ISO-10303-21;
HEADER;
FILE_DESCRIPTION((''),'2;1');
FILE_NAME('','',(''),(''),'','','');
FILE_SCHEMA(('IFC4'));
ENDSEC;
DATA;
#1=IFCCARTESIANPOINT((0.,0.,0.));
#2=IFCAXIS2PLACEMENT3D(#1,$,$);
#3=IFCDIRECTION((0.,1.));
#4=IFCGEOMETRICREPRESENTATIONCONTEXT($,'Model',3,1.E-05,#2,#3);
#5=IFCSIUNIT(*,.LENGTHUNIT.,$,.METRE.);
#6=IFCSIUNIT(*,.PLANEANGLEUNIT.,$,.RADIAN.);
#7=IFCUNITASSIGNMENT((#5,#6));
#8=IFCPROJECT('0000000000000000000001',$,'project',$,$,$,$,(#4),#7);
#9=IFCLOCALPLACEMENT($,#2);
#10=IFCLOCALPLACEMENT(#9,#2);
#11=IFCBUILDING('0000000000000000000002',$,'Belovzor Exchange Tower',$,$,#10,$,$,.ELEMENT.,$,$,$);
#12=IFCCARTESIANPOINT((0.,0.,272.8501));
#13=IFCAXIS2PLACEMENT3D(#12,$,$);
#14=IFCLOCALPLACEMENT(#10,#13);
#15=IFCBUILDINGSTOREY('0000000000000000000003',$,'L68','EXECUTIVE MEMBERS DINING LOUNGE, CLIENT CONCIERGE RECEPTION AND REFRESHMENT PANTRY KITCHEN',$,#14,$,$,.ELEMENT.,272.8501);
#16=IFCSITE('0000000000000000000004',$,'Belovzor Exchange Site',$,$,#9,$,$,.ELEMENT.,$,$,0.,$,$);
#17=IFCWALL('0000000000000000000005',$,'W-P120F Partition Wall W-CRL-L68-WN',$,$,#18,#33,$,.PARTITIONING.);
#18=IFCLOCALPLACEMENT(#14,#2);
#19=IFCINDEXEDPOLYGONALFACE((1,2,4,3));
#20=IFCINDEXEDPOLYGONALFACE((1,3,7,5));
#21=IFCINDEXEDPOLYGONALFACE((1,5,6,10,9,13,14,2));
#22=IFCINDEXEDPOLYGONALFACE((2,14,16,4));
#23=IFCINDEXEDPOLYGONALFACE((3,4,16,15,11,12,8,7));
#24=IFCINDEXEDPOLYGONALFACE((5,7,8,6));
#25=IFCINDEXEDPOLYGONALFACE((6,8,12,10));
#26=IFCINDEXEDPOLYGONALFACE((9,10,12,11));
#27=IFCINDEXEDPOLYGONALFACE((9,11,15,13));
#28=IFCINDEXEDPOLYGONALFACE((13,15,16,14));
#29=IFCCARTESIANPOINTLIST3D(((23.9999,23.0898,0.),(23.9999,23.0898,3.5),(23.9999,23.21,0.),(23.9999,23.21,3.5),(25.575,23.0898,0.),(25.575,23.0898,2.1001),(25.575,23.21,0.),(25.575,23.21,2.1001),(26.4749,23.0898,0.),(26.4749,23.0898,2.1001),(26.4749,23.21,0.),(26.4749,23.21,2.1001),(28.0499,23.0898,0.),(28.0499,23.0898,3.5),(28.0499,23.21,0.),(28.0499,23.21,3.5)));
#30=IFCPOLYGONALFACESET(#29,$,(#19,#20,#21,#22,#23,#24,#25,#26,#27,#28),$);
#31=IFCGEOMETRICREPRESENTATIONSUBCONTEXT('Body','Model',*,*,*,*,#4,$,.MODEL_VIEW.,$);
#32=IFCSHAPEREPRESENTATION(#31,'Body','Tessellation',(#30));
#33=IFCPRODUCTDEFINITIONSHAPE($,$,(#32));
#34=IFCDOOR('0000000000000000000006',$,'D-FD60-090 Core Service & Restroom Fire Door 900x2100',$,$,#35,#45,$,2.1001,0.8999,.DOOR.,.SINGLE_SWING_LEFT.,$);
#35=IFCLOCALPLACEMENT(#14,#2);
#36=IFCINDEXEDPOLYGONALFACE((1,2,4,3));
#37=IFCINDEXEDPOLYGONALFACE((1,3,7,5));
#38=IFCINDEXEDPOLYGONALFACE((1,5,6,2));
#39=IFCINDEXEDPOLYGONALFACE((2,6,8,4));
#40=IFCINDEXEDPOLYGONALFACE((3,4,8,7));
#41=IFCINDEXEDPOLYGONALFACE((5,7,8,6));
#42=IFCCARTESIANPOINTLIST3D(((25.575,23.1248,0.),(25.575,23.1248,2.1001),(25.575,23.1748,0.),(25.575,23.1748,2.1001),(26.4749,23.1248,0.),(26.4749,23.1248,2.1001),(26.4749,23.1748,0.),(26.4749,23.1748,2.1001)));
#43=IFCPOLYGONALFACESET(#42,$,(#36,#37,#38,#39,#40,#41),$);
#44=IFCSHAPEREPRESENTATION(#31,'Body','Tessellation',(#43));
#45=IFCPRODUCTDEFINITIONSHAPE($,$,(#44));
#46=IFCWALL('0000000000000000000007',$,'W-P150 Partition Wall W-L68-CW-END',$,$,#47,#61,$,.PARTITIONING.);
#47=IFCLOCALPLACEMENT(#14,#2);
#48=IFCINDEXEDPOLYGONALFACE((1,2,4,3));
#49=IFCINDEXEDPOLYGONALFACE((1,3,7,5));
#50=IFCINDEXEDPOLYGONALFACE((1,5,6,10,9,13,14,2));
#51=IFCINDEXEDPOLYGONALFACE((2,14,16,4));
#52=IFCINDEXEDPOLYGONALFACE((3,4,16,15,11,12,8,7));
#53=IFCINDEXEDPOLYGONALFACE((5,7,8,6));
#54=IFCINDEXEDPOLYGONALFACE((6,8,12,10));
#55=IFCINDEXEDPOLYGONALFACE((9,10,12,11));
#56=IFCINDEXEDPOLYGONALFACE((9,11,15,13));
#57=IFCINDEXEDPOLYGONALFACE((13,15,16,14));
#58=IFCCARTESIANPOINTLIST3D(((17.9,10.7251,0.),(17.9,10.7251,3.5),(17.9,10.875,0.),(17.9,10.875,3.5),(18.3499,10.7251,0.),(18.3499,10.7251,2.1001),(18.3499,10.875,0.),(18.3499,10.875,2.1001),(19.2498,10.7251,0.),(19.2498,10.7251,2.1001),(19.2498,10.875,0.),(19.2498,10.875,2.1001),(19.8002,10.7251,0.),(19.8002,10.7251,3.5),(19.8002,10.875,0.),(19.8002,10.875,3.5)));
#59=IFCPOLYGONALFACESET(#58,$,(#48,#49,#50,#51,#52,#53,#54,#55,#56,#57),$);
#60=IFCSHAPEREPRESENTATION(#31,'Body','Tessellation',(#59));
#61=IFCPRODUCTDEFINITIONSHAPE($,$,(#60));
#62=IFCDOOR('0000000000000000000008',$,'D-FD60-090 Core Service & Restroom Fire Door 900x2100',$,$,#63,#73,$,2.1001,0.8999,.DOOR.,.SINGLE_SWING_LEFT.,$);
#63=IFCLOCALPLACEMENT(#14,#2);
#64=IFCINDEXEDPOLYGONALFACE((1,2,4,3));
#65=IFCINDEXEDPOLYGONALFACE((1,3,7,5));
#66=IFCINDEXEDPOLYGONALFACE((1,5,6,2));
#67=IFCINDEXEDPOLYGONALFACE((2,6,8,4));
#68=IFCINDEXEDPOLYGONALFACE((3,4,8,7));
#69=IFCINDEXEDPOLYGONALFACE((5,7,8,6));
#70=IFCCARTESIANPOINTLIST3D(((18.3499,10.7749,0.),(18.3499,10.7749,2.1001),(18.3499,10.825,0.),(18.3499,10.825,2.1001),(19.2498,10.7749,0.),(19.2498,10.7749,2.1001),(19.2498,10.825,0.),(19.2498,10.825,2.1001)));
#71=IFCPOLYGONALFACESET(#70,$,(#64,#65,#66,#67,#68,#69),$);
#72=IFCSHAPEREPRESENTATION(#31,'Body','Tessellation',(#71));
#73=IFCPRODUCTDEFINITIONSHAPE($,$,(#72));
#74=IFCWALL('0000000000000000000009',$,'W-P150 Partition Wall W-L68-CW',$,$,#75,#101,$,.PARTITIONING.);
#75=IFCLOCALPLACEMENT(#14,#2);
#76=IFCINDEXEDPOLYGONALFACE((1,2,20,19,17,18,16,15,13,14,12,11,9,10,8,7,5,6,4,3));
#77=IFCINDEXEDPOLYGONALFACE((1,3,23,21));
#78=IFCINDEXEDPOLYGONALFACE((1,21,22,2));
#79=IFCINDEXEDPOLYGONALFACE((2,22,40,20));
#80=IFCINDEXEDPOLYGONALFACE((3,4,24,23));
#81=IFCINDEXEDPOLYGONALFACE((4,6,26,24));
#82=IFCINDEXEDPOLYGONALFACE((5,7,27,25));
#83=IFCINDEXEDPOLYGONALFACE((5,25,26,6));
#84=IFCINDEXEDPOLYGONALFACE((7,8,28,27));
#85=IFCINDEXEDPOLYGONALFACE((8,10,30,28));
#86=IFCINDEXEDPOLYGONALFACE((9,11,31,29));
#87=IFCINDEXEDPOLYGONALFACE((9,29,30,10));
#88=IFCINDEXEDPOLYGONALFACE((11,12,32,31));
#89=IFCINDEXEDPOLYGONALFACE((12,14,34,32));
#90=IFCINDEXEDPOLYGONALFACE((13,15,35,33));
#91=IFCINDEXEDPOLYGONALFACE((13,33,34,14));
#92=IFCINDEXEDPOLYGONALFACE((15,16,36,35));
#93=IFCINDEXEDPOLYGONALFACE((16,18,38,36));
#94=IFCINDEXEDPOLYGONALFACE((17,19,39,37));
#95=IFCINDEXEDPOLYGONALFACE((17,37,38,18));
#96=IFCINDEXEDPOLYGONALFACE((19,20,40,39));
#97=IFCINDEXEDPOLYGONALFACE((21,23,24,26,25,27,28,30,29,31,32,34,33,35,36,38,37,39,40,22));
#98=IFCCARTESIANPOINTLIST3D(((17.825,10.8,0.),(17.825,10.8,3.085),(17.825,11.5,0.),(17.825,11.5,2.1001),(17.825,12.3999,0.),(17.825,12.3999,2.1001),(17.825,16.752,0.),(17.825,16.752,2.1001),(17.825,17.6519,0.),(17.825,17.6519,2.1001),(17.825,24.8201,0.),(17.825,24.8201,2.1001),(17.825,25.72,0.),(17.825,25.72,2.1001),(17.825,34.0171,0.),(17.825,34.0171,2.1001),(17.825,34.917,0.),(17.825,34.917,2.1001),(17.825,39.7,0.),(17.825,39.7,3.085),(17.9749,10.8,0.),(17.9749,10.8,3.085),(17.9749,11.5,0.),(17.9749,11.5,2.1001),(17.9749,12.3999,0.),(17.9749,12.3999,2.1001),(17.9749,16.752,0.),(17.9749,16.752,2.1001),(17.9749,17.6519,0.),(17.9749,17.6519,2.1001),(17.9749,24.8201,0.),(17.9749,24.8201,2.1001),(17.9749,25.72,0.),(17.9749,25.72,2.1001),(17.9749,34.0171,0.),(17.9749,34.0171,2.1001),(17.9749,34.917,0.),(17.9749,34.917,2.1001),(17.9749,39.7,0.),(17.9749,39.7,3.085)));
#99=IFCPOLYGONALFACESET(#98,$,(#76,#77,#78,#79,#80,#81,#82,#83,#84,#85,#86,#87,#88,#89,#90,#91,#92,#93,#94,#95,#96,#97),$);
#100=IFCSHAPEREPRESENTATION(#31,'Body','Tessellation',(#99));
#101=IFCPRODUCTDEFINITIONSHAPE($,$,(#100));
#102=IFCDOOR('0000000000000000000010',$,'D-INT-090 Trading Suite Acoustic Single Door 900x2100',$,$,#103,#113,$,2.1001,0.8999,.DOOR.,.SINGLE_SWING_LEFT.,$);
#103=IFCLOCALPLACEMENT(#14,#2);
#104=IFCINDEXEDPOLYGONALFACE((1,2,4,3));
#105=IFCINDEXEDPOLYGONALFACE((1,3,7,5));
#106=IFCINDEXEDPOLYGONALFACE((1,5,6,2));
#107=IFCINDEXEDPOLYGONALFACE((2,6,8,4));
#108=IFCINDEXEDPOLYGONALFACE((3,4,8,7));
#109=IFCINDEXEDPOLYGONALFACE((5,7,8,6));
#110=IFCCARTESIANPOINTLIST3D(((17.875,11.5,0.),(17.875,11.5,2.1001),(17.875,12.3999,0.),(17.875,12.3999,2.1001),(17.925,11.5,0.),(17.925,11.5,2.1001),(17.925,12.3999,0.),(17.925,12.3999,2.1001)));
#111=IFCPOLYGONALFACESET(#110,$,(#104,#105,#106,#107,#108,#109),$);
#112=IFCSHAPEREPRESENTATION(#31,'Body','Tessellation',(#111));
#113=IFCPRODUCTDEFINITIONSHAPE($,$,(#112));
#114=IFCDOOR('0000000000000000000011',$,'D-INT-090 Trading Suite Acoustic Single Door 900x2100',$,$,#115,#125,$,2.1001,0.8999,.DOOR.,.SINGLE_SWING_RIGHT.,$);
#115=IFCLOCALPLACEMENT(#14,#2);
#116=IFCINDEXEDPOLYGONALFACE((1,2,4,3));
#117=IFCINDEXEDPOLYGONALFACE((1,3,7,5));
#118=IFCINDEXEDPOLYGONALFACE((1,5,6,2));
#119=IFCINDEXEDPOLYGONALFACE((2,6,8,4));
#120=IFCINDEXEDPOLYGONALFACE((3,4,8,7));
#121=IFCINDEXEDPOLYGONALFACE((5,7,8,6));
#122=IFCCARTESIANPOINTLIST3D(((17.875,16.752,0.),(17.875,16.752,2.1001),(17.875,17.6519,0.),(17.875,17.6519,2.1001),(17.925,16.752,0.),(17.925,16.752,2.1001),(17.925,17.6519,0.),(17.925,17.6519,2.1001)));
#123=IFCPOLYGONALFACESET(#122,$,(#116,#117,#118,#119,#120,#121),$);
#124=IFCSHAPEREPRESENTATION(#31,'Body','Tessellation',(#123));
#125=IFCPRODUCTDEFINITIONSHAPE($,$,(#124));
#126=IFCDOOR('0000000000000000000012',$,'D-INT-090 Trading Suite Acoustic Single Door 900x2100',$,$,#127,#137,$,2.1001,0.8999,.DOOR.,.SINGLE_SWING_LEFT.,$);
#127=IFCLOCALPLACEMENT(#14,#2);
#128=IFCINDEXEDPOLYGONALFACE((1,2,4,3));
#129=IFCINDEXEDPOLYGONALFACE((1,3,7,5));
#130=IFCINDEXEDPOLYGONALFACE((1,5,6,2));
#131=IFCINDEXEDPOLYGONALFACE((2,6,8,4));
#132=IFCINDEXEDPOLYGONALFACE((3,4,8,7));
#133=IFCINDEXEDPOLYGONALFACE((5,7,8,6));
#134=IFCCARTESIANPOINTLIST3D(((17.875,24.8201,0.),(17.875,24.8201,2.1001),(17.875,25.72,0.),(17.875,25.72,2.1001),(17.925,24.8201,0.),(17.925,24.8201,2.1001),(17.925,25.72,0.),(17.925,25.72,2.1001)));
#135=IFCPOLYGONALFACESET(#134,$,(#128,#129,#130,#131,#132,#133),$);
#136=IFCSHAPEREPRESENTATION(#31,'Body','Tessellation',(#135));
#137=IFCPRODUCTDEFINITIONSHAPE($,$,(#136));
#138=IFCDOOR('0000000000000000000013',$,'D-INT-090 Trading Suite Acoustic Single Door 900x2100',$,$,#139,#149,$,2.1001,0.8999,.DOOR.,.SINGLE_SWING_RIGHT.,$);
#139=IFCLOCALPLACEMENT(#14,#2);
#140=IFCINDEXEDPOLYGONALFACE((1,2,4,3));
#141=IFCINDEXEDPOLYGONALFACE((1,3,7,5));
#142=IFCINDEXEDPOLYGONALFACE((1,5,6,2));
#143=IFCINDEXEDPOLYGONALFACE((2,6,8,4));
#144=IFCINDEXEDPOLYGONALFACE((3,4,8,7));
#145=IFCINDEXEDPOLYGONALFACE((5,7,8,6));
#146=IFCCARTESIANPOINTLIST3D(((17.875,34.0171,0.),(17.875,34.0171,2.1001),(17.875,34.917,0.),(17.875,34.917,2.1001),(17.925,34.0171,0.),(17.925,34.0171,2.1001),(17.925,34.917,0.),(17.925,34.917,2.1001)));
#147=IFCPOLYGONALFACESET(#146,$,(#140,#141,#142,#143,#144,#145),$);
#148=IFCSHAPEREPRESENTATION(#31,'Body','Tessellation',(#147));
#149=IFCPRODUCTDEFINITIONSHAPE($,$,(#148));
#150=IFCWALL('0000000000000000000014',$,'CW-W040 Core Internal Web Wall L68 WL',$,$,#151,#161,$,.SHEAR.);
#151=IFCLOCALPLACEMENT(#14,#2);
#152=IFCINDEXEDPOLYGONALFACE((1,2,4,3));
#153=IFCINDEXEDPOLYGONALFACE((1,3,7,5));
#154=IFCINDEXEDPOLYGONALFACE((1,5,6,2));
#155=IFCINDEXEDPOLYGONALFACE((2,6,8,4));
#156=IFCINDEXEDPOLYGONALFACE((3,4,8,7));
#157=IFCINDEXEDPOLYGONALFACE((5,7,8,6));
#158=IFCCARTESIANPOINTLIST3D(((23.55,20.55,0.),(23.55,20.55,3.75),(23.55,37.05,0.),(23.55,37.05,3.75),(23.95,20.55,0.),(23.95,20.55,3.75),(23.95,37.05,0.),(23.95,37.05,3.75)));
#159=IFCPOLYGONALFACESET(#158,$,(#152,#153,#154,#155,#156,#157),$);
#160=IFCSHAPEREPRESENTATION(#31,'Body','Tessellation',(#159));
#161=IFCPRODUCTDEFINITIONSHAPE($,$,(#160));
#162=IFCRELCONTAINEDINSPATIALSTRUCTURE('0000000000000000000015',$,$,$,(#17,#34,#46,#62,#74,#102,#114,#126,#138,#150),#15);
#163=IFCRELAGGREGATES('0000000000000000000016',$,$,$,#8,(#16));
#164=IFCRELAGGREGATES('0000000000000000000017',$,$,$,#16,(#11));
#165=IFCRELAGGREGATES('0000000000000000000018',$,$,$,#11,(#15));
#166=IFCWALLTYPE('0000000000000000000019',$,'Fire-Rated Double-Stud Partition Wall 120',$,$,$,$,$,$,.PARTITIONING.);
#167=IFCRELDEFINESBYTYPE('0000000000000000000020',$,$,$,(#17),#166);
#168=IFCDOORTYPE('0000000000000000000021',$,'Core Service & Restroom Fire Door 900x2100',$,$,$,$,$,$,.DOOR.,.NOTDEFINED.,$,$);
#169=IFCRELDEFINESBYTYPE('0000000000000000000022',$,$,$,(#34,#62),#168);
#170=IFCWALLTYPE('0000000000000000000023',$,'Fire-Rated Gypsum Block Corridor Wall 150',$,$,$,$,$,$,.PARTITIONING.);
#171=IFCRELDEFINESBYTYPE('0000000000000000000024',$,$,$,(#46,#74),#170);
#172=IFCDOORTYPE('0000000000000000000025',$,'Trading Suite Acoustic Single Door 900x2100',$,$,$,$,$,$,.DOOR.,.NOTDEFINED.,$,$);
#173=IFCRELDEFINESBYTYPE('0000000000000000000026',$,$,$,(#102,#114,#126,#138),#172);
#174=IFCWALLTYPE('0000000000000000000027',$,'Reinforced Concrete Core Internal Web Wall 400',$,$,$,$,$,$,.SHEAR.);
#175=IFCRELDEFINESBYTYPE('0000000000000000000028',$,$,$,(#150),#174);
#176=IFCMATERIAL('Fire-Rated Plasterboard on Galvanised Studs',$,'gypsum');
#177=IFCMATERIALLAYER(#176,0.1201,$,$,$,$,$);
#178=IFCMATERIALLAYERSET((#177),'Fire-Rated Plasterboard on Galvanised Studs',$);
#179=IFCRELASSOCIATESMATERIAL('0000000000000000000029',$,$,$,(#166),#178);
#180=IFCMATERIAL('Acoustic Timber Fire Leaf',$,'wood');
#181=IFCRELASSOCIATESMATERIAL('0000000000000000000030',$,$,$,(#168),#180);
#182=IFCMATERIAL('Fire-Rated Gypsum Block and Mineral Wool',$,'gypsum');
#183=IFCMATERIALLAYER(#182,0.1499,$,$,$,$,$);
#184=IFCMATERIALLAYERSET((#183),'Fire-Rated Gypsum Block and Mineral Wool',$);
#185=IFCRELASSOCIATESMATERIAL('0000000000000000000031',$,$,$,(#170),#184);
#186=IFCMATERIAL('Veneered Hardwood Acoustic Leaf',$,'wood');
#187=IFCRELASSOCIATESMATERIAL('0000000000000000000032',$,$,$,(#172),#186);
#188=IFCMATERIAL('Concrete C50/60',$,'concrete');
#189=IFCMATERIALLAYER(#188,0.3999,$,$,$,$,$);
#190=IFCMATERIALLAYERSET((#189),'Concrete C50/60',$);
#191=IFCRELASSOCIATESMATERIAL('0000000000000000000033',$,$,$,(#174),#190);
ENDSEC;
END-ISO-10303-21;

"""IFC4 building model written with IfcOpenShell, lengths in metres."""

from ifc_helpers import new_model, si_unit, direction, frame, frame_2d, origin, place, context, subcontext, project, spatial, rectangle, extrude, material, layer, layer_set, type_object, element, fill, save


model = new_model("IFC4")

# Units and contexts
model_context = context("Model", 3, precision=1e-05, world=origin(), true_north=direction((0.0, 1.0)))
body_context = subcontext(model_context, "Body", "Model", "MODEL_VIEW")
ifc_project = project(units=[si_unit("LENGTHUNIT", "METRE"), si_unit("PLANEANGLEUNIT", "RADIAN")], contexts=[model_context])

# Site, building, storey
site_placement = place(None, origin())
site = spatial("IfcSite", under=ifc_project, at=site_placement, Name="Belovzor Exchange Site", CompositionType="ELEMENT", RefElevation=0.0)
building_placement = place(site_placement, origin())
building = spatial("IfcBuilding", under=site, at=building_placement, Name="Belovzor Exchange Tower", CompositionType="ELEMENT")
storey_placement = place(building_placement, frame((0.0, 0.0, 272.8501)))
storey = spatial("IfcBuildingStorey", under=building, at=storey_placement, Name="L68", Description="EXECUTIVE MEMBERS DINING LOUNGE, CLIENT CONCIERGE RECEPTION AND REFRESHMENT PANTRY KITCHEN", CompositionType="ELEMENT", Elevation=272.8501)

# Walls, openings, doors
ifc_material_1 = material(Name="Fire-Rated Plasterboard on Galvanised Studs", Category="gypsum")
ifc_layer_1 = layer(ifc_material_1, 0.1201)
ifc_layer_set_1 = layer_set([ifc_layer_1], Name="Fire-Rated Plasterboard on Galvanised Studs")
wall_type_1 = type_object("IfcWallType", Name="Fire-Rated Double-Stud Partition Wall 120", PredefinedType="PARTITIONING", material=ifc_layer_set_1)
wall_1_placement = place(storey_placement, frame((24.0, 23.1499, 0.0), z_axis=(0.0, 0.0, 1.0), x_axis=(1.0, 0.0, 0.0)))
wall_1 = element("IfcWall", 1, at=wall_1_placement, inside=storey, type_object=wall_type_1, Name="W-P120F Partition Wall W-CRL-L68-WN", PredefinedType="PARTITIONING", context=body_context, shape_type="SweptSolid", body=[
    extrude(rectangle(XDim=4.05, YDim=0.1201, at=frame_2d((2.0249, 0.0))), origin(), (0.0, 0.0, 1.0), 3.5),
])
opening_1_placement = place(wall_1_placement, frame((1.575, 0.0, 0.0)))
opening_1 = element("IfcOpeningElement", 2, at=opening_1_placement, cuts=wall_1, PredefinedType="OPENING", context=body_context, shape_type="SweptSolid", body=[
    extrude(rectangle(XDim=0.8999, YDim=2.1001, at=frame_2d((0.45, 1.05))), frame((0.0, 0.0701, 0.0), z_axis=(0.0, -1.0, 0.0), x_axis=(1.0, 0.0, 0.0)), (0.0, 0.0, 1.0), 0.1401),
])
ifc_material_2 = material(Name="Acoustic Timber Fire Leaf", Category="wood")
door_type_1 = type_object("IfcDoorType", Name="Core Service & Restroom Fire Door 900x2100", OperationType="NOTDEFINED", PredefinedType="DOOR", material=ifc_material_2)
door_1_placement = place(opening_1_placement, origin())
door_1 = element("IfcDoor", 3, at=door_1_placement, inside=storey, type_object=door_type_1, Name="D-FD60-090 Core Service & Restroom Fire Door 900x2100", OperationType="SINGLE_SWING_LEFT", OverallHeight=2.1001, OverallWidth=0.8999, PredefinedType="DOOR", context=body_context, shape_type="SweptSolid", body=[
    extrude(rectangle(XDim=0.8999, YDim=2.1001, at=frame_2d((0.45, 1.05))), frame((0.0, 0.0249, 0.0), z_axis=(0.0, -1.0, 0.0), x_axis=(1.0, 0.0, 0.0)), (0.0, 0.0, 1.0), 0.05),
])
fill(opening_1, door_1)
ifc_material_3 = material(Name="Fire-Rated Gypsum Block and Mineral Wool", Category="gypsum")
ifc_layer_2 = layer(ifc_material_3, 0.1499)
ifc_layer_set_2 = layer_set([ifc_layer_2], Name="Fire-Rated Gypsum Block and Mineral Wool")
wall_type_2 = type_object("IfcWallType", Name="Fire-Rated Gypsum Block Corridor Wall 150", PredefinedType="PARTITIONING", material=ifc_layer_set_2)
wall_2_placement = place(storey_placement, frame((17.8999, 10.8, 0.0), z_axis=(0.0, 0.0, 1.0), x_axis=(1.0, 0.0, 0.0)))
wall_2 = element("IfcWall", 4, at=wall_2_placement, inside=storey, type_object=wall_type_2, Name="W-P150 Partition Wall W-L68-CW-END", PredefinedType="PARTITIONING", context=body_context, shape_type="SweptSolid", body=[
    extrude(rectangle(XDim=1.9001, YDim=0.1499, at=frame_2d((0.9502, 0.0))), origin(), (0.0, 0.0, 1.0), 3.5),
])
opening_2_placement = place(wall_2_placement, frame((0.45, 0.0, 0.0)))
opening_2 = element("IfcOpeningElement", 5, at=opening_2_placement, cuts=wall_2, PredefinedType="OPENING", context=body_context, shape_type="SweptSolid", body=[
    extrude(rectangle(XDim=0.8999, YDim=2.1001, at=frame_2d((0.45, 1.05))), frame((0.0, 0.085, 0.0), z_axis=(0.0, -1.0, 0.0), x_axis=(1.0, 0.0, 0.0)), (0.0, 0.0, 1.0), 0.1699),
])
door_2_placement = place(opening_2_placement, origin())
door_2 = element("IfcDoor", 6, at=door_2_placement, inside=storey, type_object=door_type_1, Name="D-FD60-090 Core Service & Restroom Fire Door 900x2100", OperationType="SINGLE_SWING_LEFT", OverallHeight=2.1001, OverallWidth=0.8999, PredefinedType="DOOR", context=body_context, shape_type="SweptSolid", body=[
    extrude(rectangle(XDim=0.8999, YDim=2.1001, at=frame_2d((0.45, 1.05))), frame((0.0, 0.0249, 0.0), z_axis=(0.0, -1.0, 0.0), x_axis=(1.0, 0.0, 0.0)), (0.0, 0.0, 1.0), 0.05),
])
fill(opening_2, door_2)

# Wall, openings, doors
wall_3_placement = place(storey_placement, frame((17.8999, 10.8, 0.0), z_axis=(0.0, 0.0, 1.0), x_axis=(0.0, 1.0, 0.0)))
wall_3 = element("IfcWall", 7, at=wall_3_placement, inside=storey, type_object=wall_type_2, Name="W-P150 Partition Wall W-L68-CW", PredefinedType="PARTITIONING", context=body_context, shape_type="SweptSolid", body=[
    extrude(rectangle(XDim=28.8999, YDim=0.1499, at=frame_2d((14.45, 0.0))), origin(), (0.0, 0.0, 1.0), 3.085),
])
opening_3_placement = place(wall_3_placement, frame((0.7, 0.0, 0.0)))
opening_3 = element("IfcOpeningElement", 8, at=opening_3_placement, cuts=wall_3, PredefinedType="OPENING", context=body_context, shape_type="SweptSolid", body=[
    extrude(rectangle(XDim=0.8999, YDim=2.1001, at=frame_2d((0.45, 1.05))), frame((0.0, 0.085, 0.0), z_axis=(0.0, -1.0, 0.0), x_axis=(1.0, 0.0, 0.0)), (0.0, 0.0, 1.0), 0.1699),
])
opening_4_placement = place(wall_3_placement, frame((5.9519, 0.0, 0.0)))
opening_4 = element("IfcOpeningElement", 9, at=opening_4_placement, cuts=wall_3, PredefinedType="OPENING", context=body_context, shape_type="SweptSolid", body=[
    extrude(rectangle(XDim=0.8999, YDim=2.1001, at=frame_2d((0.45, 1.05))), frame((0.0, 0.085, 0.0), z_axis=(0.0, -1.0, 0.0), x_axis=(1.0, 0.0, 0.0)), (0.0, 0.0, 1.0), 0.1699),
])
opening_5_placement = place(wall_3_placement, frame((14.02, 0.0, 0.0)))
opening_5 = element("IfcOpeningElement", 10, at=opening_5_placement, cuts=wall_3, PredefinedType="OPENING", context=body_context, shape_type="SweptSolid", body=[
    extrude(rectangle(XDim=0.8999, YDim=2.1001, at=frame_2d((0.45, 1.05))), frame((0.0, 0.085, 0.0), z_axis=(0.0, -1.0, 0.0), x_axis=(1.0, 0.0, 0.0)), (0.0, 0.0, 1.0), 0.1699),
])
opening_6_placement = place(wall_3_placement, frame((23.217, 0.0, 0.0)))
opening_6 = element("IfcOpeningElement", 11, at=opening_6_placement, cuts=wall_3, PredefinedType="OPENING", context=body_context, shape_type="SweptSolid", body=[
    extrude(rectangle(XDim=0.8999, YDim=2.1001, at=frame_2d((0.45, 1.05))), frame((0.0, 0.085, 0.0), z_axis=(0.0, -1.0, 0.0), x_axis=(1.0, 0.0, 0.0)), (0.0, 0.0, 1.0), 0.1699),
])
ifc_material_4 = material(Name="Veneered Hardwood Acoustic Leaf", Category="wood")
door_type_2 = type_object("IfcDoorType", Name="Trading Suite Acoustic Single Door 900x2100", OperationType="NOTDEFINED", PredefinedType="DOOR", material=ifc_material_4)
door_3_placement = place(opening_3_placement, origin())
door_3 = element("IfcDoor", 12, at=door_3_placement, inside=storey, type_object=door_type_2, Name="D-INT-090 Trading Suite Acoustic Single Door 900x2100", OperationType="SINGLE_SWING_LEFT", OverallHeight=2.1001, OverallWidth=0.8999, PredefinedType="DOOR", context=body_context, shape_type="SweptSolid", body=[
    extrude(rectangle(XDim=0.8999, YDim=2.1001, at=frame_2d((0.45, 1.05))), frame((0.0, 0.0249, 0.0), z_axis=(0.0, -1.0, 0.0), x_axis=(1.0, 0.0, 0.0)), (0.0, 0.0, 1.0), 0.05),
])
fill(opening_3, door_3)
door_4_placement = place(opening_4_placement, origin())
door_4 = element("IfcDoor", 13, at=door_4_placement, inside=storey, type_object=door_type_2, Name="D-INT-090 Trading Suite Acoustic Single Door 900x2100", OperationType="SINGLE_SWING_RIGHT", OverallHeight=2.1001, OverallWidth=0.8999, PredefinedType="DOOR", context=body_context, shape_type="SweptSolid", body=[
    extrude(rectangle(XDim=0.8999, YDim=2.1001, at=frame_2d((0.45, 1.05))), frame((0.0, 0.0249, 0.0), z_axis=(0.0, -1.0, 0.0), x_axis=(1.0, 0.0, 0.0)), (0.0, 0.0, 1.0), 0.05),
])
fill(opening_4, door_4)
door_5_placement = place(opening_5_placement, origin())
door_5 = element("IfcDoor", 14, at=door_5_placement, inside=storey, type_object=door_type_2, Name="D-INT-090 Trading Suite Acoustic Single Door 900x2100", OperationType="SINGLE_SWING_LEFT", OverallHeight=2.1001, OverallWidth=0.8999, PredefinedType="DOOR", context=body_context, shape_type="SweptSolid", body=[
    extrude(rectangle(XDim=0.8999, YDim=2.1001, at=frame_2d((0.45, 1.05))), frame((0.0, 0.0249, 0.0), z_axis=(0.0, -1.0, 0.0), x_axis=(1.0, 0.0, 0.0)), (0.0, 0.0, 1.0), 0.05),
])
fill(opening_5, door_5)
door_6_placement = place(opening_6_placement, origin())
door_6 = element("IfcDoor", 15, at=door_6_placement, inside=storey, type_object=door_type_2, Name="D-INT-090 Trading Suite Acoustic Single Door 900x2100", OperationType="SINGLE_SWING_RIGHT", OverallHeight=2.1001, OverallWidth=0.8999, PredefinedType="DOOR", context=body_context, shape_type="SweptSolid", body=[
    extrude(rectangle(XDim=0.8999, YDim=2.1001, at=frame_2d((0.45, 1.05))), frame((0.0, 0.0249, 0.0), z_axis=(0.0, -1.0, 0.0), x_axis=(1.0, 0.0, 0.0)), (0.0, 0.0, 1.0), 0.05),
])
fill(opening_6, door_6)

# Wall
ifc_material_5 = material(Name="Concrete C50/60", Category="concrete")
ifc_layer_3 = layer(ifc_material_5, 0.3999)
ifc_layer_set_3 = layer_set([ifc_layer_3], Name="Concrete C50/60")
wall_type_3 = type_object("IfcWallType", Name="Reinforced Concrete Core Internal Web Wall 400", PredefinedType="SHEAR", material=ifc_layer_set_3)
wall_4_placement = place(storey_placement, frame((23.75, 20.55, 0.0), z_axis=(0.0, 0.0, 1.0), x_axis=(0.0, 1.0, 0.0)))
element("IfcWall", 16, at=wall_4_placement, inside=storey, type_object=wall_type_3, Name="CW-W040 Core Internal Web Wall L68 WL", PredefinedType="SHEAR", context=body_context, shape_type="SweptSolid", body=[
    extrude(rectangle(XDim=16.5, YDim=0.3999, at=frame_2d((8.25, 0.0))), origin(), (0.0, 0.0, 1.0), 3.75),
])

save(model, "model.ifc")
